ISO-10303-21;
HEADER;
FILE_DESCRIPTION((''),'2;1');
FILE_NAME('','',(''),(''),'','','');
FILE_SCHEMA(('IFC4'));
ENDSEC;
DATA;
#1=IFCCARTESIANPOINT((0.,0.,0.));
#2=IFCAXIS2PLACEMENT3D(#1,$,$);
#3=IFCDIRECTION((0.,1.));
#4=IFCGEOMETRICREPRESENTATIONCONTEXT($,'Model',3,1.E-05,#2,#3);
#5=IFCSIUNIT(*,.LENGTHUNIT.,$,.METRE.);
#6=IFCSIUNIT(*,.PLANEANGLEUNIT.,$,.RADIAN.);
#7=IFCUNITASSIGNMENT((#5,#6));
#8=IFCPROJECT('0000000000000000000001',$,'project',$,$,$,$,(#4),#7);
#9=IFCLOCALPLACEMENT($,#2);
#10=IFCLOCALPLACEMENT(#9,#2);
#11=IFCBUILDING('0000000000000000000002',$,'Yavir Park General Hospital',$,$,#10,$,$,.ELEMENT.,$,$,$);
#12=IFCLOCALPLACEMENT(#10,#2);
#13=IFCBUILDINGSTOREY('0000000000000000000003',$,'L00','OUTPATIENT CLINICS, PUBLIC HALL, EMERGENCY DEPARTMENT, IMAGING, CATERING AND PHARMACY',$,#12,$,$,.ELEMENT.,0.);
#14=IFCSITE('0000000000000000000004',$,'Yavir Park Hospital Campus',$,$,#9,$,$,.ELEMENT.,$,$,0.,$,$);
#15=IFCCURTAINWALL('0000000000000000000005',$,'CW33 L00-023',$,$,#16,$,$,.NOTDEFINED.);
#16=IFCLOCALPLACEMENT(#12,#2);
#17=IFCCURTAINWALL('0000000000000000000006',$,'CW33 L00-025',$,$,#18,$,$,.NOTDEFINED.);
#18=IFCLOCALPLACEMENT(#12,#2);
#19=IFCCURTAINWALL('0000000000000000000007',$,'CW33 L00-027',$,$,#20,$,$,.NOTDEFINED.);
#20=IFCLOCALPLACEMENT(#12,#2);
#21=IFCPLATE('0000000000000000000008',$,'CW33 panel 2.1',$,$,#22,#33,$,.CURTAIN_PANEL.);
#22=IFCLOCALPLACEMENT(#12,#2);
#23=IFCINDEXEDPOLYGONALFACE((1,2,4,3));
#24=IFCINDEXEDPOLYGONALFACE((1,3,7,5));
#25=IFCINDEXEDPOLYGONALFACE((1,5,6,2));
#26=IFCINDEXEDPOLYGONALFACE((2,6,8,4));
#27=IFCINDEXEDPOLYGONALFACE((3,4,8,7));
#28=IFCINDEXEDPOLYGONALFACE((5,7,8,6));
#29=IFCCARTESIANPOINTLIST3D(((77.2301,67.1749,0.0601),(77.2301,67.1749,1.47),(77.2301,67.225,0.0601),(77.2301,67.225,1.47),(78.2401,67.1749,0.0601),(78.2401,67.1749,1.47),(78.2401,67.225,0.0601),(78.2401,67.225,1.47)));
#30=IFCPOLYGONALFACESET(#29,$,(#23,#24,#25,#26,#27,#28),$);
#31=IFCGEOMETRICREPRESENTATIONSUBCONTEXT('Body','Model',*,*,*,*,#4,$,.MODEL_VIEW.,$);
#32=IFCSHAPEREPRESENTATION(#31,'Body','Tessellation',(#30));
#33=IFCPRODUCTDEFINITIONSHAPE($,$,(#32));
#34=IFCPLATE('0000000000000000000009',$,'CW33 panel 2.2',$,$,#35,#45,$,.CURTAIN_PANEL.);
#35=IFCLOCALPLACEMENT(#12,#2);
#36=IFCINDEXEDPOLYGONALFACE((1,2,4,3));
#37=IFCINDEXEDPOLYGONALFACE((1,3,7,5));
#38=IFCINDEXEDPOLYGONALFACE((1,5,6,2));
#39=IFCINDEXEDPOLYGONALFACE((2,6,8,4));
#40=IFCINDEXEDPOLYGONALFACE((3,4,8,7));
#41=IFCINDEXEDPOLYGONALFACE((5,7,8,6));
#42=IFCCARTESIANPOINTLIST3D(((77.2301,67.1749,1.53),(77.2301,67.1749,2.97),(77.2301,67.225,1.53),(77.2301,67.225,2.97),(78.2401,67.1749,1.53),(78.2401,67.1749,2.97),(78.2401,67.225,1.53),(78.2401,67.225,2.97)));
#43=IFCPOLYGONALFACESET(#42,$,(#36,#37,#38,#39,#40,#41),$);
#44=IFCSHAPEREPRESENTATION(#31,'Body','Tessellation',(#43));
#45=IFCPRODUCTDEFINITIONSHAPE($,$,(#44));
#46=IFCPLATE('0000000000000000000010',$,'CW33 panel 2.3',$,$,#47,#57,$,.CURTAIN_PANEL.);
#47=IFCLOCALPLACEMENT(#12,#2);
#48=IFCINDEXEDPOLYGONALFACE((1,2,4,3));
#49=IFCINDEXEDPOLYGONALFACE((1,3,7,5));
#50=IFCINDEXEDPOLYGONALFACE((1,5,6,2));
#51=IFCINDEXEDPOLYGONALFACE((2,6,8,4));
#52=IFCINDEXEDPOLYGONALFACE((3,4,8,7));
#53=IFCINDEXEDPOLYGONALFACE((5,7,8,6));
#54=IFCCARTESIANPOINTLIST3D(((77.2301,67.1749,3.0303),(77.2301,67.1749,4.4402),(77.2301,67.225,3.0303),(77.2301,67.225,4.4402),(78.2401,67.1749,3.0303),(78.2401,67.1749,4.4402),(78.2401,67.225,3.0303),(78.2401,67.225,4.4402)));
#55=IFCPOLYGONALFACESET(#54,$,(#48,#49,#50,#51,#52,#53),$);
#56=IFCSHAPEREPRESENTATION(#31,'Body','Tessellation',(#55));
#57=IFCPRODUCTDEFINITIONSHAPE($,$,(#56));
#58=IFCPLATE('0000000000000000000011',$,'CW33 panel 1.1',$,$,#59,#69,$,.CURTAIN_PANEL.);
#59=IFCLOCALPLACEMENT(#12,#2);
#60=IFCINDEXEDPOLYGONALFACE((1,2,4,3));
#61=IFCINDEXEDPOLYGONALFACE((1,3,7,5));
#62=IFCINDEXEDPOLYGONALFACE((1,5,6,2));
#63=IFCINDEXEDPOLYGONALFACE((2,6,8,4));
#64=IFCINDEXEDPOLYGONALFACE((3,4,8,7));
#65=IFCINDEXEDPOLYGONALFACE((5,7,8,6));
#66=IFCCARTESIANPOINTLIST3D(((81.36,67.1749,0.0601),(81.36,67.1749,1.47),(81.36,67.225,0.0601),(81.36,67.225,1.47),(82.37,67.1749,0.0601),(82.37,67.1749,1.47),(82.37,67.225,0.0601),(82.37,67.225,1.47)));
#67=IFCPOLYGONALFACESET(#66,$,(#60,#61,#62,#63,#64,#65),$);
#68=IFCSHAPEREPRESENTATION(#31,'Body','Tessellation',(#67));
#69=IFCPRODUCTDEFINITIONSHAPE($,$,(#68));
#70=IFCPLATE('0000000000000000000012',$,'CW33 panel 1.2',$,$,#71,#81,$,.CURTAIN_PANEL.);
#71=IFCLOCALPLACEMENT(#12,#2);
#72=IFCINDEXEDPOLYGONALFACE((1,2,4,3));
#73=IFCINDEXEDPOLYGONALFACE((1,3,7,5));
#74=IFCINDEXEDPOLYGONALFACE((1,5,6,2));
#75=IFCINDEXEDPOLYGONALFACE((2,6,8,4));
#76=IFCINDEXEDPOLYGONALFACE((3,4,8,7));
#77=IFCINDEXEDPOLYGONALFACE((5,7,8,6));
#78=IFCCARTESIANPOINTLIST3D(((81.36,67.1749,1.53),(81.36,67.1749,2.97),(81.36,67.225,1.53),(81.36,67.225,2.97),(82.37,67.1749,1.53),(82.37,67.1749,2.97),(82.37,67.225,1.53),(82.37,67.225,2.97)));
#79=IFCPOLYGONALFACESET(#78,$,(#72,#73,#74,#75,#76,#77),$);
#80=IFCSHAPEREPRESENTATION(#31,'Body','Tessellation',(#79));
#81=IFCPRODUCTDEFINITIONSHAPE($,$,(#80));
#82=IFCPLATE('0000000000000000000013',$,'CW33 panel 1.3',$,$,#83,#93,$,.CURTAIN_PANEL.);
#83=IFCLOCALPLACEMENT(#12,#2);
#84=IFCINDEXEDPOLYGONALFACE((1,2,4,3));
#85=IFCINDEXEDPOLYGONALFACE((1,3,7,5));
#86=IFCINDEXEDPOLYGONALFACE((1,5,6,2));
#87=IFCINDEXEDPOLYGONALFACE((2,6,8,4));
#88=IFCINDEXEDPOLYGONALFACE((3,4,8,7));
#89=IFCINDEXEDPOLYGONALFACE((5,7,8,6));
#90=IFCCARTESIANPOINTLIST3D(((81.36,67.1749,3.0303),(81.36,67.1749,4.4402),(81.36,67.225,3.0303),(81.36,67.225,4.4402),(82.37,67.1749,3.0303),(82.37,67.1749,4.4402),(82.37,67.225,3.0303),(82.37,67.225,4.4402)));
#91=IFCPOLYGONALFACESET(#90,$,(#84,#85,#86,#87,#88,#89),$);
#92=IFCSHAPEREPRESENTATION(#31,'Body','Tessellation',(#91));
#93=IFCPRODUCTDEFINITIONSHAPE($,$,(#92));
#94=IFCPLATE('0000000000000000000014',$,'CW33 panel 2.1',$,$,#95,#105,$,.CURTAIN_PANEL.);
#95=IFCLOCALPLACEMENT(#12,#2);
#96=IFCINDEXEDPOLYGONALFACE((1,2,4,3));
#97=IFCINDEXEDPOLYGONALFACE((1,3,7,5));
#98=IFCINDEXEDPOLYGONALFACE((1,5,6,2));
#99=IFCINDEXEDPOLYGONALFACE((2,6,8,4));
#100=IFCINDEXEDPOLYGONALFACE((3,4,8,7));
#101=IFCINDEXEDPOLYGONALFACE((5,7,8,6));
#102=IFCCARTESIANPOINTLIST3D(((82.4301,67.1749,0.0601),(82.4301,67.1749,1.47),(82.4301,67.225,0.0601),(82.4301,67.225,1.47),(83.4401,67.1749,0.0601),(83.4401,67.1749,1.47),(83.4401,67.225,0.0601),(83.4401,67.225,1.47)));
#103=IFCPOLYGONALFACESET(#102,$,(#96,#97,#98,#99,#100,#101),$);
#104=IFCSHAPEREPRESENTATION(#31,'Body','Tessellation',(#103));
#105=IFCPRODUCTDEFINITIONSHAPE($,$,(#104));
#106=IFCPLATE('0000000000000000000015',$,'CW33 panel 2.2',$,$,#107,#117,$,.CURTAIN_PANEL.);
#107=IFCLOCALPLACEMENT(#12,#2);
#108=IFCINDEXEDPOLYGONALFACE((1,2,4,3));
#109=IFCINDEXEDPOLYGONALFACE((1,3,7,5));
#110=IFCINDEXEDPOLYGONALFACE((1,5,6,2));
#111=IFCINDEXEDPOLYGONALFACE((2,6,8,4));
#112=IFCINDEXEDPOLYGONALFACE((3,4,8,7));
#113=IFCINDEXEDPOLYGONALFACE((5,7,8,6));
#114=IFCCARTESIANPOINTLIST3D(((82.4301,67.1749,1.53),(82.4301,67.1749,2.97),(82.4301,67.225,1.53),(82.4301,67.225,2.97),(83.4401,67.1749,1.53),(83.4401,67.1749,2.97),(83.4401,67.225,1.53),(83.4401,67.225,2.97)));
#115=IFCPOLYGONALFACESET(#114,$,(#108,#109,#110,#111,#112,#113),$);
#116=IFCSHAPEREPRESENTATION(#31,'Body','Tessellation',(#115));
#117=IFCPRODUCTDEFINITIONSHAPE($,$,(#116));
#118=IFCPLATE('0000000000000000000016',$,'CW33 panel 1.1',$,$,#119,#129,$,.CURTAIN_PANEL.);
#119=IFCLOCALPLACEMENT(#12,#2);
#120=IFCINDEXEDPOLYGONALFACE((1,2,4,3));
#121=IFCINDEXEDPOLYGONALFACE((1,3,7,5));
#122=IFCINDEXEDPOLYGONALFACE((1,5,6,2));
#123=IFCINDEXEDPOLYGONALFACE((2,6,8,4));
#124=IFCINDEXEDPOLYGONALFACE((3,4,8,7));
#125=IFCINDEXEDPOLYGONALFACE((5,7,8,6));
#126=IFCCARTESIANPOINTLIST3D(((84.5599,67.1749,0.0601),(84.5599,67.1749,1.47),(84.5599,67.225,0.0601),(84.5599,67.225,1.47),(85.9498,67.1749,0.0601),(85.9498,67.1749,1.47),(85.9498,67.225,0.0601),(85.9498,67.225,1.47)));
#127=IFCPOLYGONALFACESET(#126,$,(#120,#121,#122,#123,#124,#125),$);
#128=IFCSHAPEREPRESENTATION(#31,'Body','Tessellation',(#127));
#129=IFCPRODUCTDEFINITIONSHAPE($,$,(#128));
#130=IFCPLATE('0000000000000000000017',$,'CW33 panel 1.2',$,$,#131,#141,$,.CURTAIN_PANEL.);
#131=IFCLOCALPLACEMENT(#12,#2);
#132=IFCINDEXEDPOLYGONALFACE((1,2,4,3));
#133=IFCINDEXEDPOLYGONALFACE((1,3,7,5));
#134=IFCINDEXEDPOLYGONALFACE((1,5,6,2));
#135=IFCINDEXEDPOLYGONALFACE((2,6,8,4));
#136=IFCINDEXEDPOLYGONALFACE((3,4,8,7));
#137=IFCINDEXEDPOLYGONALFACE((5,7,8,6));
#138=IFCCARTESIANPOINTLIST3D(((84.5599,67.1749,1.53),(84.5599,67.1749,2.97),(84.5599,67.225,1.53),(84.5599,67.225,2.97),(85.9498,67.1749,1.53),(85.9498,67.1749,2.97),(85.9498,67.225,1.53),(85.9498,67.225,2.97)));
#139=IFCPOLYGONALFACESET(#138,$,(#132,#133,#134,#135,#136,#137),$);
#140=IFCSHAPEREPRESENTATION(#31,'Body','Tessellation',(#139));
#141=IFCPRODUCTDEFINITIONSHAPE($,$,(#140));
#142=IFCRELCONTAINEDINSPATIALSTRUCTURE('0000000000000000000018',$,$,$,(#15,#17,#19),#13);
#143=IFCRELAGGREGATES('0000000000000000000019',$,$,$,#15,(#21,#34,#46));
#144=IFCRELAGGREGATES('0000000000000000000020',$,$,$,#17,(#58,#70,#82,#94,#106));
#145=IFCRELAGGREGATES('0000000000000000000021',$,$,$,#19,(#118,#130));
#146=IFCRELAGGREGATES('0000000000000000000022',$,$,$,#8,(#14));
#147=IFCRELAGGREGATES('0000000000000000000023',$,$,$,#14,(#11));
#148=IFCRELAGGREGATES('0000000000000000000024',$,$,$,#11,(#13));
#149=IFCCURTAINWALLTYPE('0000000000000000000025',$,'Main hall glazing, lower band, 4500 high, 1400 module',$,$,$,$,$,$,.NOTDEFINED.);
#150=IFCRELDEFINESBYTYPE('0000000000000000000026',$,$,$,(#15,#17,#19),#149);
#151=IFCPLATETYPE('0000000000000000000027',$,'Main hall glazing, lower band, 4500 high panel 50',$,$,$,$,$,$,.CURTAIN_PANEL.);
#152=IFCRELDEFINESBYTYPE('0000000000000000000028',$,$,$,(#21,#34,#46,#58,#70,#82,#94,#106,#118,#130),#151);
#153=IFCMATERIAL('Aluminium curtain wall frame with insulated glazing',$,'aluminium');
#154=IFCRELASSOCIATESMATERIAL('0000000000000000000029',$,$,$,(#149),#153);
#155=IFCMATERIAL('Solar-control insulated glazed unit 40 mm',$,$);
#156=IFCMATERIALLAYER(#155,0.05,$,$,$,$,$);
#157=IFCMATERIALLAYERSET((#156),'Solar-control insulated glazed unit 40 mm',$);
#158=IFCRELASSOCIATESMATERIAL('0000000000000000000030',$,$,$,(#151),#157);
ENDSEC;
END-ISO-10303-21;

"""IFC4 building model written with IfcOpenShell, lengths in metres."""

from ifc_helpers import new_model, si_unit, direction, frame, origin, origin_2d, place, context, subcontext, project, spatial, rectangle, extrude, material, layer, layer_set, type_object, element, aggregate, save


model = new_model("IFC4")

# Units and contexts
model_context = context("Model", 3, precision=1e-05, world=origin(), true_north=direction((0.0, 1.0)))
body_context = subcontext(model_context, "Body", "Model", "MODEL_VIEW")
ifc_project = project(units=[si_unit("LENGTHUNIT", "METRE"), si_unit("PLANEANGLEUNIT", "RADIAN")], contexts=[model_context])

# Site, building, storey
site_placement = place(None, origin())
site = spatial("IfcSite", under=ifc_project, at=site_placement, Name="Yavir Park Hospital Campus", CompositionType="ELEMENT", RefElevation=0.0)
building_placement = place(site_placement, origin())
building = spatial("IfcBuilding", under=site, at=building_placement, Name="Yavir Park General Hospital", CompositionType="ELEMENT")
storey_placement = place(building_placement, origin())
storey = spatial("IfcBuildingStorey", under=building, at=storey_placement, Name="L00", Description="OUTPATIENT CLINICS, PUBLIC HALL, EMERGENCY DEPARTMENT, IMAGING, CATERING AND PHARMACY", CompositionType="ELEMENT", Elevation=0.0)

# Curtain wall
ifc_material_1 = material(Name="Aluminium curtain wall frame with insulated glazing", Category="aluminium")
curtain_wall_type = type_object("IfcCurtainWallType", Name="Main hall glazing, lower band, 4500 high, 1400 module", PredefinedType="NOTDEFINED", material=ifc_material_1)
curtain_wall_1_placement = place(storey_placement, origin())
curtain_wall_1 = element("IfcCurtainWall", 1, at=curtain_wall_1_placement, inside=storey, type_object=curtain_wall_type, Name="CW33 L00-023", PredefinedType="NOTDEFINED")

# Curtain wall
curtain_wall_2_placement = place(storey_placement, origin())
curtain_wall_2 = element("IfcCurtainWall", 2, at=curtain_wall_2_placement, inside=storey, type_object=curtain_wall_type, Name="CW33 L00-025", PredefinedType="NOTDEFINED")

# Curtain wall
curtain_wall_3_placement = place(storey_placement, origin())
curtain_wall_3 = element("IfcCurtainWall", 3, at=curtain_wall_3_placement, inside=storey, type_object=curtain_wall_type, Name="CW33 L00-027", PredefinedType="NOTDEFINED")

# Plates
ifc_material_2 = material(Name="Solar-control insulated glazed unit 40 mm")
ifc_layer_1 = layer(ifc_material_2, 0.05)
ifc_layer_set_1 = layer_set([ifc_layer_1], Name="Solar-control insulated glazed unit 40 mm")
plate_type = type_object("IfcPlateType", Name="Main hall glazing, lower band, 4500 high panel 50", PredefinedType="CURTAIN_PANEL", material=ifc_layer_set_1)
plate_1_placement = place(storey_placement, frame((77.7351, 67.2, 0.0601), z_axis=(0.0, 0.0, 1.0), x_axis=(1.0, 0.0, 0.0)))
plate_1 = element("IfcPlate", 4, at=plate_1_placement, type_object=plate_type, Name="CW33 panel 2.1", PredefinedType="CURTAIN_PANEL", context=body_context, shape_type="SweptSolid", body=[
    extrude(rectangle(XDim=1.01, YDim=0.05, at=origin_2d()), origin(), (0.0, 0.0, 1.0), 1.4099),
])
plate_2_placement = place(storey_placement, frame((77.7351, 67.2, 1.53), z_axis=(0.0, 0.0, 1.0), x_axis=(1.0, 0.0, 0.0)))
plate_2 = element("IfcPlate", 5, at=plate_2_placement, type_object=plate_type, Name="CW33 panel 2.2", PredefinedType="CURTAIN_PANEL", context=body_context, shape_type="SweptSolid", body=[
    extrude(rectangle(XDim=1.01, YDim=0.05, at=origin_2d()), origin(), (0.0, 0.0, 1.0), 1.4399),
])
plate_3_placement = place(storey_placement, frame((77.7351, 67.2, 3.0303), z_axis=(0.0, 0.0, 1.0), x_axis=(1.0, 0.0, 0.0)))
plate_3 = element("IfcPlate", 6, at=plate_3_placement, type_object=plate_type, Name="CW33 panel 2.3", PredefinedType="CURTAIN_PANEL", context=body_context, shape_type="SweptSolid", body=[
    extrude(rectangle(XDim=1.01, YDim=0.05, at=origin_2d()), origin(), (0.0, 0.0, 1.0), 1.4099),
])
aggregate(curtain_wall_1, [plate_1, plate_2, plate_3])
plate_4_placement = place(storey_placement, frame((81.865, 67.2, 0.0601), z_axis=(0.0, 0.0, 1.0), x_axis=(1.0, 0.0, 0.0)))
plate_4 = element("IfcPlate", 7, at=plate_4_placement, type_object=plate_type, Name="CW33 panel 1.1", PredefinedType="CURTAIN_PANEL", context=body_context, shape_type="SweptSolid", body=[
    extrude(rectangle(XDim=1.01, YDim=0.05, at=origin_2d()), origin(), (0.0, 0.0, 1.0), 1.4099),
])
plate_5_placement = place(storey_placement, frame((81.865, 67.2, 1.53), z_axis=(0.0, 0.0, 1.0), x_axis=(1.0, 0.0, 0.0)))
plate_5 = element("IfcPlate", 8, at=plate_5_placement, type_object=plate_type, Name="CW33 panel 1.2", PredefinedType="CURTAIN_PANEL", context=body_context, shape_type="SweptSolid", body=[
    extrude(rectangle(XDim=1.01, YDim=0.05, at=origin_2d()), origin(), (0.0, 0.0, 1.0), 1.4399),
])
plate_6_placement = place(storey_placement, frame((81.865, 67.2, 3.0303), z_axis=(0.0, 0.0, 1.0), x_axis=(1.0, 0.0, 0.0)))
plate_6 = element("IfcPlate", 9, at=plate_6_placement, type_object=plate_type, Name="CW33 panel 1.3", PredefinedType="CURTAIN_PANEL", context=body_context, shape_type="SweptSolid", body=[
    extrude(rectangle(XDim=1.01, YDim=0.05, at=origin_2d()), origin(), (0.0, 0.0, 1.0), 1.4099),
])
plate_7_placement = place(storey_placement, frame((82.9351, 67.2, 0.0601), z_axis=(0.0, 0.0, 1.0), x_axis=(1.0, 0.0, 0.0)))
plate_7 = element("IfcPlate", 10, at=plate_7_placement, type_object=plate_type, Name="CW33 panel 2.1", PredefinedType="CURTAIN_PANEL", context=body_context, shape_type="SweptSolid", body=[
    extrude(rectangle(XDim=1.01, YDim=0.05, at=origin_2d()), origin(), (0.0, 0.0, 1.0), 1.4099),
])
plate_8_placement = place(storey_placement, frame((82.9351, 67.2, 1.53), z_axis=(0.0, 0.0, 1.0), x_axis=(1.0, 0.0, 0.0)))
plate_8 = element("IfcPlate", 11, at=plate_8_placement, type_object=plate_type, Name="CW33 panel 2.2", PredefinedType="CURTAIN_PANEL", context=body_context, shape_type="SweptSolid", body=[
    extrude(rectangle(XDim=1.01, YDim=0.05, at=origin_2d()), origin(), (0.0, 0.0, 1.0), 1.4399),
])
aggregate(curtain_wall_2, [plate_4, plate_5, plate_6, plate_7, plate_8])
plate_9_placement = place(storey_placement, frame((85.2549, 67.2, 0.0601), z_axis=(0.0, 0.0, 1.0), x_axis=(1.0, 0.0, 0.0)))
plate_9 = element("IfcPlate", 12, at=plate_9_placement, type_object=plate_type, Name="CW33 panel 1.1", PredefinedType="CURTAIN_PANEL", context=body_context, shape_type="SweptSolid", body=[
    extrude(rectangle(XDim=1.3899, YDim=0.05, at=origin_2d()), origin(), (0.0, 0.0, 1.0), 1.4099),
])
plate_10_placement = place(storey_placement, frame((85.2549, 67.2, 1.53), z_axis=(0.0, 0.0, 1.0), x_axis=(1.0, 0.0, 0.0)))
plate_10 = element("IfcPlate", 13, at=plate_10_placement, type_object=plate_type, Name="CW33 panel 1.2", PredefinedType="CURTAIN_PANEL", context=body_context, shape_type="SweptSolid", body=[
    extrude(rectangle(XDim=1.3899, YDim=0.05, at=origin_2d()), origin(), (0.0, 0.0, 1.0), 1.4399),
])
aggregate(curtain_wall_3, [plate_9, plate_10])

save(model, "model.ifc")
